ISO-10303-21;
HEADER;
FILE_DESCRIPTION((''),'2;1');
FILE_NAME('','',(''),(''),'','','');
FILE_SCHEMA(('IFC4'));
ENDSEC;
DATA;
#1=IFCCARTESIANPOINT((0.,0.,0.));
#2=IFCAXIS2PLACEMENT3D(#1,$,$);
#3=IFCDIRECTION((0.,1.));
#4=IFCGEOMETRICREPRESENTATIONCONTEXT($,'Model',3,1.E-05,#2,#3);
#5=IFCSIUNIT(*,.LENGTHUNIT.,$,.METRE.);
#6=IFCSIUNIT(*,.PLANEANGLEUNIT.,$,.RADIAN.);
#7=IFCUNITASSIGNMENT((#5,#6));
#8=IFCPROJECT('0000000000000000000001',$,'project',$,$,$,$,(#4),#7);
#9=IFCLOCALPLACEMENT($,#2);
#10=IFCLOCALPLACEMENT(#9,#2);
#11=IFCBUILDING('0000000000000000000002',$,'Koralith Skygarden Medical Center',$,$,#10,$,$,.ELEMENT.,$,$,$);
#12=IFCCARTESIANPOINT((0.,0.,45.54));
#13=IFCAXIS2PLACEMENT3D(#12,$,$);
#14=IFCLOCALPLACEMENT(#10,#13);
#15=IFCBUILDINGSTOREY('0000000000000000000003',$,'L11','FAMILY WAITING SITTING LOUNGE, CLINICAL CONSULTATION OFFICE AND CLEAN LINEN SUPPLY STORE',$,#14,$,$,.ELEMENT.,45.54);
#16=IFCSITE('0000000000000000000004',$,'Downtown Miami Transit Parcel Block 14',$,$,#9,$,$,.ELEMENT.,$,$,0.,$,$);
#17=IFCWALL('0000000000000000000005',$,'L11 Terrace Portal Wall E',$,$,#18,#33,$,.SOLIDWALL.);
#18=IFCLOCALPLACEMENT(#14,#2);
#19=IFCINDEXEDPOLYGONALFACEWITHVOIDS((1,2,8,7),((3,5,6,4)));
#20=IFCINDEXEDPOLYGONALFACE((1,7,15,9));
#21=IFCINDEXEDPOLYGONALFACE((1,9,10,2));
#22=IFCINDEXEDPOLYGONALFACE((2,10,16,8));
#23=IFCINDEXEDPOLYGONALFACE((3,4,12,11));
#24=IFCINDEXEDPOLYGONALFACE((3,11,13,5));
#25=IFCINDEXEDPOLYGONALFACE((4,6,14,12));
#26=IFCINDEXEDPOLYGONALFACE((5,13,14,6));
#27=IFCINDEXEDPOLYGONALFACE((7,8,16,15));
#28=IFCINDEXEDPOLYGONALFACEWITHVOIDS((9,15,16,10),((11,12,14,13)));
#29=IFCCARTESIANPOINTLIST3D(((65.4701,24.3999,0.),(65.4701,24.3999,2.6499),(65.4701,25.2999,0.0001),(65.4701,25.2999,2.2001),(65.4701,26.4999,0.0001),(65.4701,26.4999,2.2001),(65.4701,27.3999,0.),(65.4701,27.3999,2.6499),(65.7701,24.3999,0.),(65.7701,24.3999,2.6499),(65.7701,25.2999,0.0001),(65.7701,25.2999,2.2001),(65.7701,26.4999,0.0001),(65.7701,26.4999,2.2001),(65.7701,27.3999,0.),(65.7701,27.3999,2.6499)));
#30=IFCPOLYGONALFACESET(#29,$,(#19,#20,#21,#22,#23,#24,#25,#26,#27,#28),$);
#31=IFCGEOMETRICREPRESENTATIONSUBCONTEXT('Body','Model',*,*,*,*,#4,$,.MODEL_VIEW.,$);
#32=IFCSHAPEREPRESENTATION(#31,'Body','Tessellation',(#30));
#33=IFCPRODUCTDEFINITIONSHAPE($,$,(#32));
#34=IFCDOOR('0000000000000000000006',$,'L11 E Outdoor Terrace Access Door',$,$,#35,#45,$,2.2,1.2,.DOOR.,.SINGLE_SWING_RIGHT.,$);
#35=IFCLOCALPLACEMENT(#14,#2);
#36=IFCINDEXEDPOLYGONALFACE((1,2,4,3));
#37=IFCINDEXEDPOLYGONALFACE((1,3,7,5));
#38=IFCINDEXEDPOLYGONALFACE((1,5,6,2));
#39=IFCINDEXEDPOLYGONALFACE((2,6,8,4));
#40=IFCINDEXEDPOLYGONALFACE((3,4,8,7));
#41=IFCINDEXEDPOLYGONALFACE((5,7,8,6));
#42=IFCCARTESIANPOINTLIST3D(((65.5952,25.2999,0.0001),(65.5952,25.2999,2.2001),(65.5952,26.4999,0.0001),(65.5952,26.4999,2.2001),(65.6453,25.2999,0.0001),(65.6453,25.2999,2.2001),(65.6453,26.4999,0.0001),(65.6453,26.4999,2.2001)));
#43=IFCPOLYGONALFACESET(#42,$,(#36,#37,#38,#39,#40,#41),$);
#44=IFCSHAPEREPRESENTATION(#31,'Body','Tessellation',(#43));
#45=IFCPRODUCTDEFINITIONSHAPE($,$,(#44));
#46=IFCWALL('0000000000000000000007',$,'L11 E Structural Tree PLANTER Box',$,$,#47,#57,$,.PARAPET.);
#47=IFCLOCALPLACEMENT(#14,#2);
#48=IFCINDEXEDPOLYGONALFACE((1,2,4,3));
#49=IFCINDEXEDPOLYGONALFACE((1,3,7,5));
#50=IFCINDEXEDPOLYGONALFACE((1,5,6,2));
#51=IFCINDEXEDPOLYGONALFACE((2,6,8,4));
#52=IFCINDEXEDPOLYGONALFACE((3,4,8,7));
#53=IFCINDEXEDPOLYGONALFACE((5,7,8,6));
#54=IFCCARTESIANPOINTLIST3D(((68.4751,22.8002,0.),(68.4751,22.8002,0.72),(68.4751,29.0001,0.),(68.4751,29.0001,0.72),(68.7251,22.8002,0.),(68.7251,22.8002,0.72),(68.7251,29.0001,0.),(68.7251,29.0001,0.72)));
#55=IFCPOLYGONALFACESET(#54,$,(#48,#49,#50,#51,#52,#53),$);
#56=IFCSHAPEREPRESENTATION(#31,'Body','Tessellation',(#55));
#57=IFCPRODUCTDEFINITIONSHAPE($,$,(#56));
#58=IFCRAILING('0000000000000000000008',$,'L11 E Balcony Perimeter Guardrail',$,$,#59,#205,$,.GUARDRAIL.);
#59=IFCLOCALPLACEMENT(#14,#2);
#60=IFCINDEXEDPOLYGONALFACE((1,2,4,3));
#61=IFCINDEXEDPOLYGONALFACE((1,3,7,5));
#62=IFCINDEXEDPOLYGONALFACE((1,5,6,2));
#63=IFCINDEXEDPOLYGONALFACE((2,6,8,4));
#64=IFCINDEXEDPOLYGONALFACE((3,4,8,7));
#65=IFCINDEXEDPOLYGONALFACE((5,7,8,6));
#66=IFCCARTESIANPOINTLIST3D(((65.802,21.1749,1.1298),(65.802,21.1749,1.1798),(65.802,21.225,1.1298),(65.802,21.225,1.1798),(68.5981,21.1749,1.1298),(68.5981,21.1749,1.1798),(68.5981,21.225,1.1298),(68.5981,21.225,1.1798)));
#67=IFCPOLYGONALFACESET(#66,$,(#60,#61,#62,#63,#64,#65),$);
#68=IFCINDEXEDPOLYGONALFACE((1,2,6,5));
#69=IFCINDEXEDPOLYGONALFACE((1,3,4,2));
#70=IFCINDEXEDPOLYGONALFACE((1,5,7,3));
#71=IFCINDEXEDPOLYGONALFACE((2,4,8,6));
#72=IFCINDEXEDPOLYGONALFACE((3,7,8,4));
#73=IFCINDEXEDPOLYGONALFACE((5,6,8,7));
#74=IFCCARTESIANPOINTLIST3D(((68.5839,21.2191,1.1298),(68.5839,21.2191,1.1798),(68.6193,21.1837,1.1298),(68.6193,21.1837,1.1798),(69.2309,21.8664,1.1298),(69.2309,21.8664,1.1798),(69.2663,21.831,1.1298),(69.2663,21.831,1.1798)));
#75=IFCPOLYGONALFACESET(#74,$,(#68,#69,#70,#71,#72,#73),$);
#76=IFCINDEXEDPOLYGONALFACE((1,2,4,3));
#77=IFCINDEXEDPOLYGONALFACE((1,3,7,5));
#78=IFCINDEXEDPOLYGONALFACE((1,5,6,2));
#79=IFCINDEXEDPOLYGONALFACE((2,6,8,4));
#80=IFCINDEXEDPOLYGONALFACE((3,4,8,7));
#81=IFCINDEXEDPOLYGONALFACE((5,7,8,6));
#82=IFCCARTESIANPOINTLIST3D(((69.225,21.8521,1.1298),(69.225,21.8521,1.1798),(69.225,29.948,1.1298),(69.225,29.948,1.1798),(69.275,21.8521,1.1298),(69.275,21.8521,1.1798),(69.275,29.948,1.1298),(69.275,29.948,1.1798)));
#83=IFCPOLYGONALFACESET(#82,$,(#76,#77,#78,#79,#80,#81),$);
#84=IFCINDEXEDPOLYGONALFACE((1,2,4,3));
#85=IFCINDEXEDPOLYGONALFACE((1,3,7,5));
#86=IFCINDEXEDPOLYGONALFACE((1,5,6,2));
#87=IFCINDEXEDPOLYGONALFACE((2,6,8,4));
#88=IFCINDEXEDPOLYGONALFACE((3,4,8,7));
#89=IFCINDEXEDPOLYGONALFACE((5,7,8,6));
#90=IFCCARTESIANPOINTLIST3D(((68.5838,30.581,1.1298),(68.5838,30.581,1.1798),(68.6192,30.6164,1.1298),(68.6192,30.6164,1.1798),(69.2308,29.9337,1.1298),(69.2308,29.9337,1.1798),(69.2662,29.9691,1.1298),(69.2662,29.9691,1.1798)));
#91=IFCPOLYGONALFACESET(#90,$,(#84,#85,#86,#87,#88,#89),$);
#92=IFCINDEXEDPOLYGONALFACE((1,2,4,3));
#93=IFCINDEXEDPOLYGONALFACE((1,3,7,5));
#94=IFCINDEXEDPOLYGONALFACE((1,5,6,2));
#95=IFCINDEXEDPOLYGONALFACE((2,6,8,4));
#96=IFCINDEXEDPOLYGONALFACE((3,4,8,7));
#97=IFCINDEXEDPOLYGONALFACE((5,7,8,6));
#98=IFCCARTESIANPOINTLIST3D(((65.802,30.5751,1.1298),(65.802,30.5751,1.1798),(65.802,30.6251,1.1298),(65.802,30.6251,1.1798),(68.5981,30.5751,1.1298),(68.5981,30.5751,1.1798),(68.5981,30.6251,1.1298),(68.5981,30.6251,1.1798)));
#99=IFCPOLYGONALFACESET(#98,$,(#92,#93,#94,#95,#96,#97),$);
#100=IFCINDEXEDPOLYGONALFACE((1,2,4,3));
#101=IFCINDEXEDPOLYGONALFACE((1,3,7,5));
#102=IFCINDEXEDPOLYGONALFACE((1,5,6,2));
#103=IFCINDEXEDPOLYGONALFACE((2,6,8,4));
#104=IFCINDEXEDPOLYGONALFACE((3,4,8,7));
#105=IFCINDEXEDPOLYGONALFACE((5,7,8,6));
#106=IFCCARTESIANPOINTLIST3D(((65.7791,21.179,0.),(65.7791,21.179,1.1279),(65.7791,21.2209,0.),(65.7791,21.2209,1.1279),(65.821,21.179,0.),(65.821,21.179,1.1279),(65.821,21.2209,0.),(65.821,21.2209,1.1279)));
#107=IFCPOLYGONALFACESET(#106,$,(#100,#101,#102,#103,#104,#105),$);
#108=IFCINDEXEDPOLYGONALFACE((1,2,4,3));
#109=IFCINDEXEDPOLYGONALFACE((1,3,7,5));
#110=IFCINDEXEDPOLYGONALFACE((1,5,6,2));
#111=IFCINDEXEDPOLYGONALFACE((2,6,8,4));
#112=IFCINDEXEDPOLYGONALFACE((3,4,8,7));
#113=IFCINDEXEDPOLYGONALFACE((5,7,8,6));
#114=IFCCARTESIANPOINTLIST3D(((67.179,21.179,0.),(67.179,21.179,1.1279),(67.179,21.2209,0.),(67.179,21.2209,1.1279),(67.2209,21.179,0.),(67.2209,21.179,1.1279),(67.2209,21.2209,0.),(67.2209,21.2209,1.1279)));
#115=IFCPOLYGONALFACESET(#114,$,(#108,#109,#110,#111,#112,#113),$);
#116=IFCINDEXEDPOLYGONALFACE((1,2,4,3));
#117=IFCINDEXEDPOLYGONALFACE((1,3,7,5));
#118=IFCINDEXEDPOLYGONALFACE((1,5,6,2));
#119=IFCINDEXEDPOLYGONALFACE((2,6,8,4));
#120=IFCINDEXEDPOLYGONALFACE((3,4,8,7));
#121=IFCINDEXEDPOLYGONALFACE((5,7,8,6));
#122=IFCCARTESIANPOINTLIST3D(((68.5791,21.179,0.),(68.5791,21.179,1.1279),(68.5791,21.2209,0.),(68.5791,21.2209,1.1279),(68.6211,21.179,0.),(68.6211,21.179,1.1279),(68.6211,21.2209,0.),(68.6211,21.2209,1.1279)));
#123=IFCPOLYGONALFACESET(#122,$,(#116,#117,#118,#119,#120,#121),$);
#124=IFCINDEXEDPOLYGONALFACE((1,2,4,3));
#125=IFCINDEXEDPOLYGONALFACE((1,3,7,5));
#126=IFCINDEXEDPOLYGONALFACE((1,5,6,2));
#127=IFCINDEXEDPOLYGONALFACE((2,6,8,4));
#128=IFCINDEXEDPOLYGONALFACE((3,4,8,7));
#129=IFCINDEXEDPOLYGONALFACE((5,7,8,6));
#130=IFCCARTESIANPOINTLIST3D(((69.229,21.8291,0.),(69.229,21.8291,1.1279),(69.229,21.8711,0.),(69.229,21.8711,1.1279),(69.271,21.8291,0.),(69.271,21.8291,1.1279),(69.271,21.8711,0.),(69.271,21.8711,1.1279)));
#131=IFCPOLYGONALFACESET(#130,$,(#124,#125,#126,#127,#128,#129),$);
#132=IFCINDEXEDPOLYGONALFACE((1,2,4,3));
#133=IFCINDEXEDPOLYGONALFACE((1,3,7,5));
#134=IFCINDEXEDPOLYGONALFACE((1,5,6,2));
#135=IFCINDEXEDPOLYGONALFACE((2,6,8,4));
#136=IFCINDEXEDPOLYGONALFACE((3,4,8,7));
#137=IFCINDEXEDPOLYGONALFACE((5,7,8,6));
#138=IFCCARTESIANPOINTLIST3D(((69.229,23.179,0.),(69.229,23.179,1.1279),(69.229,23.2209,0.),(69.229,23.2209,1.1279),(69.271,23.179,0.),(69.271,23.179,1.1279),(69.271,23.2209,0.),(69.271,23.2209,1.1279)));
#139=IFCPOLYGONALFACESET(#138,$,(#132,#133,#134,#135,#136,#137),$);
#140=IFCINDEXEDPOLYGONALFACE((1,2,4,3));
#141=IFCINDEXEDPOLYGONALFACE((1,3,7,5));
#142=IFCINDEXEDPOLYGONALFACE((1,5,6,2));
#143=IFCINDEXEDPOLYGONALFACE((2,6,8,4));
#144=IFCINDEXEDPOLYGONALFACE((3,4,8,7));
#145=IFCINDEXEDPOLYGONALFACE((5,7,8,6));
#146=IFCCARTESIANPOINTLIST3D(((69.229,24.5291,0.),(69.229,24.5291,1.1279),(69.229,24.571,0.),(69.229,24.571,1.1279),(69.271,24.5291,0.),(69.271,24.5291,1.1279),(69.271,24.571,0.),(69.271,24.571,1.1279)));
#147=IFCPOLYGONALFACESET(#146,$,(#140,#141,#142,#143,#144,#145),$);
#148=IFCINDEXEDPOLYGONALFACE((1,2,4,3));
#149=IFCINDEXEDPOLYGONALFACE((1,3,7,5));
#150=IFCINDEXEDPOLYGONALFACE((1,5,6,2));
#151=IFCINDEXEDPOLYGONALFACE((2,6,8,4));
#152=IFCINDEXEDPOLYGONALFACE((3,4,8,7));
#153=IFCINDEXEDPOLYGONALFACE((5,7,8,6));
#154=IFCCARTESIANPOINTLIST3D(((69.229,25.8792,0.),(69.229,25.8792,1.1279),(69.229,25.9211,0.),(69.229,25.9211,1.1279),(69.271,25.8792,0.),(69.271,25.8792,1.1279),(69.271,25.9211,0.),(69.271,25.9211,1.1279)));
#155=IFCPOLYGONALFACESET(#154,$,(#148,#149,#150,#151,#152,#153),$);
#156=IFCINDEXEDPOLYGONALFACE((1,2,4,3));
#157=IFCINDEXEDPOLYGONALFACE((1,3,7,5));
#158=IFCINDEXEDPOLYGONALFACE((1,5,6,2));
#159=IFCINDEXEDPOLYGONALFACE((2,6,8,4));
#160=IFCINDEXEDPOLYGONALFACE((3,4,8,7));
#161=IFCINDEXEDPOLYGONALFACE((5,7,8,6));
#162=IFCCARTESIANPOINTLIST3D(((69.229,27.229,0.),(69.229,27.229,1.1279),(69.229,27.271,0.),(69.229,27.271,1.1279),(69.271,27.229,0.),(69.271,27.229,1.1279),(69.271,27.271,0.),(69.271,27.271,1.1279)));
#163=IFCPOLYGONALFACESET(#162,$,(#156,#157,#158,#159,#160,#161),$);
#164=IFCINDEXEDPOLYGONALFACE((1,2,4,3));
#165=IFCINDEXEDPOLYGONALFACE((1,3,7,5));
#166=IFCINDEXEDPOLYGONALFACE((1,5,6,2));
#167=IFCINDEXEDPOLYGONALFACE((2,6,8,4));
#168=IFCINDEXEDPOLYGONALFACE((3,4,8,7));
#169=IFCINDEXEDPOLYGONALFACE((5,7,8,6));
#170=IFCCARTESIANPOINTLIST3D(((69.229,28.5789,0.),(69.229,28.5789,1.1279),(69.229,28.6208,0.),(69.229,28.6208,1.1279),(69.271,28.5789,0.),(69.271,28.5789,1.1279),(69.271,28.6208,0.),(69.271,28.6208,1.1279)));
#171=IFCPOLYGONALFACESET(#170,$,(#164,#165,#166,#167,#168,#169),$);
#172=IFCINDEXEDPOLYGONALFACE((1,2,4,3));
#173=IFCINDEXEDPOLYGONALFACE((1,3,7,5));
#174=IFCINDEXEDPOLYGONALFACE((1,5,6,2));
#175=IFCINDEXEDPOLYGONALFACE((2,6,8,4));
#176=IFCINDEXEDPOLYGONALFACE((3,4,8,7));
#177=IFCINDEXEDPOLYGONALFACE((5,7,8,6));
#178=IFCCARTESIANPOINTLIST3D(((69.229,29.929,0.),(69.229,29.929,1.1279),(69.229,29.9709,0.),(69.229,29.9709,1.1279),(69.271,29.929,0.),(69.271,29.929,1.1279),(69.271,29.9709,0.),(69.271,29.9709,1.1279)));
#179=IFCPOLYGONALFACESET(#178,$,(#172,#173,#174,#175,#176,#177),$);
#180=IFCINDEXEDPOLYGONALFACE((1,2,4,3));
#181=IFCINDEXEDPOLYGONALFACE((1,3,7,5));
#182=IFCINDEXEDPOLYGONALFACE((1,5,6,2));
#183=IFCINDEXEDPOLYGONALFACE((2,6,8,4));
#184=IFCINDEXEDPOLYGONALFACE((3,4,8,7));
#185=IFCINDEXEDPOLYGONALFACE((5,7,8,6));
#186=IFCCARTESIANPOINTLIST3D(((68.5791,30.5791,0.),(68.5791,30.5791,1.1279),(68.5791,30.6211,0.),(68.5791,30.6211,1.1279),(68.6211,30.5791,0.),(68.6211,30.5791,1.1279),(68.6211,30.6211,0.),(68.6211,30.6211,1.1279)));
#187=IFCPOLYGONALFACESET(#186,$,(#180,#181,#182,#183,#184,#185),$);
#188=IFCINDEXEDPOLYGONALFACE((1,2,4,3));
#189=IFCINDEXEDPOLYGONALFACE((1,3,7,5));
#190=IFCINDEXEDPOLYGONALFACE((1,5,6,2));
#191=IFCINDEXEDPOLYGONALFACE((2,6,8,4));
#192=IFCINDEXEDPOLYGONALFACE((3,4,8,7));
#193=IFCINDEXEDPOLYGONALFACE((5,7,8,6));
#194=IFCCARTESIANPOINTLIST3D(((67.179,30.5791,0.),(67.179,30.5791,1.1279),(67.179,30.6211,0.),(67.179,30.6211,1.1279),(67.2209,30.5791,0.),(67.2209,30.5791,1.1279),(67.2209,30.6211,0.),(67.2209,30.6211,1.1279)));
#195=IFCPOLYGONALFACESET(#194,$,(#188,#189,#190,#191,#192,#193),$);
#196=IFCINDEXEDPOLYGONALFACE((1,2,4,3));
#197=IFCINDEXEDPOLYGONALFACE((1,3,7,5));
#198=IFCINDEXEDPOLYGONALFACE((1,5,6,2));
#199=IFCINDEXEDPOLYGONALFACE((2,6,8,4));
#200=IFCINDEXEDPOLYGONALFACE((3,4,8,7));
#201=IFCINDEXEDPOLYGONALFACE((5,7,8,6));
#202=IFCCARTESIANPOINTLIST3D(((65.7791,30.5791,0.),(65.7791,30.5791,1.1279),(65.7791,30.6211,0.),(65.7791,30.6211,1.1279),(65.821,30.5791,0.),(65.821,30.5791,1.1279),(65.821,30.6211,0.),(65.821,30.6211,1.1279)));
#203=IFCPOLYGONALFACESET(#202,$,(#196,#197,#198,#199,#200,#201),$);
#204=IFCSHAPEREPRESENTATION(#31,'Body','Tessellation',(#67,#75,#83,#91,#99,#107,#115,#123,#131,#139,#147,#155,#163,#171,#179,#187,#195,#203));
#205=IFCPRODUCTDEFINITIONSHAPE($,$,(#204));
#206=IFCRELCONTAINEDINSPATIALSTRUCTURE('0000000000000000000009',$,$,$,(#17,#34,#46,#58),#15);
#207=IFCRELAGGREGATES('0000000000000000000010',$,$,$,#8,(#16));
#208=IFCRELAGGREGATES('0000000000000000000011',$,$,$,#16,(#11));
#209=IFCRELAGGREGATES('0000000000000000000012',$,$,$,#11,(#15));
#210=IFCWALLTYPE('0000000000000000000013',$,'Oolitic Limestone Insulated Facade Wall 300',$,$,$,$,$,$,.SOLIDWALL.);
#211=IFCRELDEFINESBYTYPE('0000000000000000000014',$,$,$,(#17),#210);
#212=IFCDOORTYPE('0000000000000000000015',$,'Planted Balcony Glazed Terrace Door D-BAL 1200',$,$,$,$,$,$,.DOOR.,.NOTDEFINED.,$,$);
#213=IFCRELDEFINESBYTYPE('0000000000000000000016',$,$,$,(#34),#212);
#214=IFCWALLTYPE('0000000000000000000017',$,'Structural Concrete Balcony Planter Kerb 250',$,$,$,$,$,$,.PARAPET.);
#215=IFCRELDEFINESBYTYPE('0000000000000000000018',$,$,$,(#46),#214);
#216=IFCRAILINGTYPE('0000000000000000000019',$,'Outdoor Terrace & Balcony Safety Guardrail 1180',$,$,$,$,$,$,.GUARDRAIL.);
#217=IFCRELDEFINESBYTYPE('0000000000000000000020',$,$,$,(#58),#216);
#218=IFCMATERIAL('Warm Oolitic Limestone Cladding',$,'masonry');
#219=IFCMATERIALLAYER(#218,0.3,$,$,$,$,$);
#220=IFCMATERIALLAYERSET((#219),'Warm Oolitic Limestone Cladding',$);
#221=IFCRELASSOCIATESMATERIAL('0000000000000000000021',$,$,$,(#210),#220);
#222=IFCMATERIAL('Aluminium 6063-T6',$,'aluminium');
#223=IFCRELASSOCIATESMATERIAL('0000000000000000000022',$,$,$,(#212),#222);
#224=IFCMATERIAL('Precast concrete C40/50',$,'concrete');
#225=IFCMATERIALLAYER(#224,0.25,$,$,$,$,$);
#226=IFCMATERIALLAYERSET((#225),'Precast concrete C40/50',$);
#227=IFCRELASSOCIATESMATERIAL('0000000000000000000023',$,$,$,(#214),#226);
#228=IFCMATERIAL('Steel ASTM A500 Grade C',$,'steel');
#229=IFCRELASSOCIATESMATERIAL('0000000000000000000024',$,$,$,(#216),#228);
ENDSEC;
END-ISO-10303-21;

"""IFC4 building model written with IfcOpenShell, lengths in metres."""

from ifc_helpers import new_model, si_unit, direction, frame, frame_2d, origin, origin_2d, place, context, subcontext, project, spatial, rectangle, extrude, material, layer, layer_set, type_object, element, fill, save


model = new_model("IFC4")

# Units and contexts
model_context = context("Model", 3, precision=1e-05, world=origin(), true_north=direction((0.0, 1.0)))
body_context = subcontext(model_context, "Body", "Model", "MODEL_VIEW")
ifc_project = project(units=[si_unit("LENGTHUNIT", "METRE"), si_unit("PLANEANGLEUNIT", "RADIAN")], contexts=[model_context])

# Site, building, storey
site_placement = place(None, origin())
site = spatial("IfcSite", under=ifc_project, at=site_placement, Name="Downtown Miami Transit Parcel Block 14", CompositionType="ELEMENT", RefElevation=0.0)
building_placement = place(site_placement, origin())
building = spatial("IfcBuilding", under=site, at=building_placement, Name="Koralith Skygarden Medical Center", CompositionType="ELEMENT")
storey_placement = place(building_placement, frame((0.0, 0.0, 45.54)))
storey = spatial("IfcBuildingStorey", under=building, at=storey_placement, Name="L11", Description="FAMILY WAITING SITTING LOUNGE, CLINICAL CONSULTATION OFFICE AND CLEAN LINEN SUPPLY STORE", CompositionType="ELEMENT", Elevation=45.54)

# Shared definitions
ifc_material_1 = material(Name="Aluminium 6063-T6", Category="aluminium")

# Wall, opening, door
ifc_material_2 = material(Name="Warm Oolitic Limestone Cladding", Category="masonry")
ifc_layer_1 = layer(ifc_material_2, 0.3)
ifc_layer_set_1 = layer_set([ifc_layer_1], Name="Warm Oolitic Limestone Cladding")
wall_type_1 = type_object("IfcWallType", Name="Oolitic Limestone Insulated Facade Wall 300", PredefinedType="SOLIDWALL", material=ifc_layer_set_1)
wall_1_placement = place(storey_placement, frame((65.6201, 24.3999, 0.0), z_axis=(0.0, 0.0, 1.0), x_axis=(0.0, 1.0, 0.0)))
wall_1 = element("IfcWall", 1, at=wall_1_placement, inside=storey, type_object=wall_type_1, Name="L11 Terrace Portal Wall E", PredefinedType="SOLIDWALL", context=body_context, shape_type="SweptSolid", body=[
    extrude(rectangle(XDim=3.0, YDim=0.3, at=frame_2d((1.5, 0.0))), origin(), (0.0, 0.0, 1.0), 2.6499),
])
opening_1_placement = place(wall_1_placement, frame((0.8999, 0.0, 0.0)))
opening_1 = element("IfcOpeningElement", 2, at=opening_1_placement, cuts=wall_1, PredefinedType="OPENING", context=body_context, shape_type="SweptSolid", body=[
    extrude(rectangle(XDim=1.2, YDim=2.2, at=frame_2d((0.6001, 1.1001))), frame((0.0, 0.1599, 0.0), z_axis=(0.0, -1.0, 0.0), x_axis=(1.0, 0.0, 0.0)), (0.0, 0.0, 1.0), 0.3201),
])
door_type_1 = type_object("IfcDoorType", Name="Planted Balcony Glazed Terrace Door D-BAL 1200", OperationType="NOTDEFINED", PredefinedType="DOOR", material=ifc_material_1)
door_1_placement = place(opening_1_placement, origin())
door_1 = element("IfcDoor", 3, at=door_1_placement, inside=storey, type_object=door_type_1, Name="L11 E Outdoor Terrace Access Door", OperationType="SINGLE_SWING_RIGHT", OverallHeight=2.2, OverallWidth=1.2, PredefinedType="DOOR", context=body_context, shape_type="SweptSolid", body=[
    extrude(rectangle(XDim=1.2, YDim=2.2, at=frame_2d((0.6001, 1.1001))), frame((0.0, 0.0249, 0.0), z_axis=(0.0, -1.0, 0.0), x_axis=(1.0, 0.0, 0.0)), (0.0, 0.0, 1.0), 0.05),
])
fill(opening_1, door_1)

# Wall
ifc_material_3 = material(Name="Precast concrete C40/50", Category="concrete")
ifc_layer_2 = layer(ifc_material_3, 0.25)
ifc_layer_set_2 = layer_set([ifc_layer_2], Name="Precast concrete C40/50")
wall_type_2 = type_object("IfcWallType", Name="Structural Concrete Balcony Planter Kerb 250", PredefinedType="PARAPET", material=ifc_layer_set_2)
wall_2_placement = place(storey_placement, frame((68.6001, 22.8, 0.0), z_axis=(0.0, 0.0, 1.0), x_axis=(0.0, 1.0, 0.0)))
element("IfcWall", 4, at=wall_2_placement, inside=storey, type_object=wall_type_2, Name="L11 E Structural Tree PLANTER Box", PredefinedType="PARAPET", context=body_context, shape_type="SweptSolid", body=[
    extrude(rectangle(XDim=6.2, YDim=0.25, at=frame_2d((3.1001, 0.0))), origin(), (0.0, 0.0, 1.0), 0.72),
])

# Railing
ifc_material_4 = material(Name="Steel ASTM A500 Grade C", Category="steel")
railing_type = type_object("IfcRailingType", Name="Outdoor Terrace & Balcony Safety Guardrail 1180", PredefinedType="GUARDRAIL", material=ifc_material_4)
railing_placement = place(storey_placement, frame((65.8, 21.2, 0.0)))
element("IfcRailing", 5, at=railing_placement, inside=storey, type_object=railing_type, Name="L11 E Balcony Perimeter Guardrail", PredefinedType="GUARDRAIL", context=body_context, shape_type="SweptSolid", body=[
    extrude(rectangle(XDim=0.05, YDim=0.05, at=origin_2d()), frame((0.002, 0.0, 1.1548), z_axis=(1.0, 0.0, 0.0), x_axis=(0.0, 1.0, 0.0)), (0.0, 0.0, 1.0), 2.7961),
    extrude(rectangle(XDim=0.05, YDim=0.05, at=origin_2d()), frame((2.8015, 0.0015, 1.1548), z_axis=(0.706974, 0.70724, 0.0), x_axis=(-0.70724, 0.706974, 0.0)), (0.0, 0.0, 1.0), 0.9153),
    extrude(rectangle(XDim=0.05, YDim=0.05, at=origin_2d()), frame((3.45, 0.6521, 1.1548), z_axis=(0.0, 1.0, 0.0), x_axis=(-1.0, 0.0, 0.0)), (0.0, 0.0, 1.0), 8.0959),
    extrude(rectangle(XDim=0.05, YDim=0.05, at=origin_2d()), frame((3.4485, 8.7515, 1.1548), z_axis=(-0.706974, 0.70724, 0.0), x_axis=(-0.70724, -0.706974, 0.0)), (0.0, 0.0, 1.0), 0.9153),
    extrude(rectangle(XDim=0.05, YDim=0.05, at=origin_2d()), frame((2.7981, 9.4001, 1.1548), z_axis=(-1.0, 0.0, 0.0), x_axis=(0.0, -1.0, 0.0)), (0.0, 0.0, 1.0), 2.7961),
    extrude(rectangle(XDim=0.042, YDim=0.042, at=origin_2d()), origin(), (0.0, 0.0, 1.0), 1.1279),
    extrude(rectangle(XDim=0.042, YDim=0.042, at=origin_2d()), frame((1.3999, 0.0, 0.0)), (0.0, 0.0, 1.0), 1.1279),
    extrude(rectangle(XDim=0.042, YDim=0.042, at=origin_2d()), frame((2.8, 0.0, 0.0)), (0.0, 0.0, 1.0), 1.1279),
    extrude(rectangle(XDim=0.042, YDim=0.042, at=origin_2d()), frame((3.45, 0.6501, 0.0)), (0.0, 0.0, 1.0), 1.1279),
    extrude(rectangle(XDim=0.042, YDim=0.042, at=origin_2d()), frame((3.45, 2.0, 0.0)), (0.0, 0.0, 1.0), 1.1279),
    extrude(rectangle(XDim=0.042, YDim=0.042, at=origin_2d()), frame((3.45, 3.3501, 0.0)), (0.0, 0.0, 1.0), 1.1279),
    extrude(rectangle(XDim=0.042, YDim=0.042, at=origin_2d()), frame((3.45, 4.7002, 0.0)), (0.0, 0.0, 1.0), 1.1279),
    extrude(rectangle(XDim=0.042, YDim=0.042, at=origin_2d()), frame((3.45, 6.05, 0.0)), (0.0, 0.0, 1.0), 1.1279),
    extrude(rectangle(XDim=0.042, YDim=0.042, at=origin_2d()), frame((3.45, 7.3999, 0.0)), (0.0, 0.0, 1.0), 1.1279),
    extrude(rectangle(XDim=0.042, YDim=0.042, at=origin_2d()), frame((3.45, 8.75, 0.0)), (0.0, 0.0, 1.0), 1.1279),
    extrude(rectangle(XDim=0.042, YDim=0.042, at=origin_2d()), frame((2.8, 9.4001, 0.0)), (0.0, 0.0, 1.0), 1.1279),
    extrude(rectangle(XDim=0.042, YDim=0.042, at=origin_2d()), frame((1.3999, 9.4001, 0.0)), (0.0, 0.0, 1.0), 1.1279),
    extrude(rectangle(XDim=0.042, YDim=0.042, at=origin_2d()), frame((0.0, 9.4001, 0.0)), (0.0, 0.0, 1.0), 1.1279),
])

save(model, "model.ifc")
